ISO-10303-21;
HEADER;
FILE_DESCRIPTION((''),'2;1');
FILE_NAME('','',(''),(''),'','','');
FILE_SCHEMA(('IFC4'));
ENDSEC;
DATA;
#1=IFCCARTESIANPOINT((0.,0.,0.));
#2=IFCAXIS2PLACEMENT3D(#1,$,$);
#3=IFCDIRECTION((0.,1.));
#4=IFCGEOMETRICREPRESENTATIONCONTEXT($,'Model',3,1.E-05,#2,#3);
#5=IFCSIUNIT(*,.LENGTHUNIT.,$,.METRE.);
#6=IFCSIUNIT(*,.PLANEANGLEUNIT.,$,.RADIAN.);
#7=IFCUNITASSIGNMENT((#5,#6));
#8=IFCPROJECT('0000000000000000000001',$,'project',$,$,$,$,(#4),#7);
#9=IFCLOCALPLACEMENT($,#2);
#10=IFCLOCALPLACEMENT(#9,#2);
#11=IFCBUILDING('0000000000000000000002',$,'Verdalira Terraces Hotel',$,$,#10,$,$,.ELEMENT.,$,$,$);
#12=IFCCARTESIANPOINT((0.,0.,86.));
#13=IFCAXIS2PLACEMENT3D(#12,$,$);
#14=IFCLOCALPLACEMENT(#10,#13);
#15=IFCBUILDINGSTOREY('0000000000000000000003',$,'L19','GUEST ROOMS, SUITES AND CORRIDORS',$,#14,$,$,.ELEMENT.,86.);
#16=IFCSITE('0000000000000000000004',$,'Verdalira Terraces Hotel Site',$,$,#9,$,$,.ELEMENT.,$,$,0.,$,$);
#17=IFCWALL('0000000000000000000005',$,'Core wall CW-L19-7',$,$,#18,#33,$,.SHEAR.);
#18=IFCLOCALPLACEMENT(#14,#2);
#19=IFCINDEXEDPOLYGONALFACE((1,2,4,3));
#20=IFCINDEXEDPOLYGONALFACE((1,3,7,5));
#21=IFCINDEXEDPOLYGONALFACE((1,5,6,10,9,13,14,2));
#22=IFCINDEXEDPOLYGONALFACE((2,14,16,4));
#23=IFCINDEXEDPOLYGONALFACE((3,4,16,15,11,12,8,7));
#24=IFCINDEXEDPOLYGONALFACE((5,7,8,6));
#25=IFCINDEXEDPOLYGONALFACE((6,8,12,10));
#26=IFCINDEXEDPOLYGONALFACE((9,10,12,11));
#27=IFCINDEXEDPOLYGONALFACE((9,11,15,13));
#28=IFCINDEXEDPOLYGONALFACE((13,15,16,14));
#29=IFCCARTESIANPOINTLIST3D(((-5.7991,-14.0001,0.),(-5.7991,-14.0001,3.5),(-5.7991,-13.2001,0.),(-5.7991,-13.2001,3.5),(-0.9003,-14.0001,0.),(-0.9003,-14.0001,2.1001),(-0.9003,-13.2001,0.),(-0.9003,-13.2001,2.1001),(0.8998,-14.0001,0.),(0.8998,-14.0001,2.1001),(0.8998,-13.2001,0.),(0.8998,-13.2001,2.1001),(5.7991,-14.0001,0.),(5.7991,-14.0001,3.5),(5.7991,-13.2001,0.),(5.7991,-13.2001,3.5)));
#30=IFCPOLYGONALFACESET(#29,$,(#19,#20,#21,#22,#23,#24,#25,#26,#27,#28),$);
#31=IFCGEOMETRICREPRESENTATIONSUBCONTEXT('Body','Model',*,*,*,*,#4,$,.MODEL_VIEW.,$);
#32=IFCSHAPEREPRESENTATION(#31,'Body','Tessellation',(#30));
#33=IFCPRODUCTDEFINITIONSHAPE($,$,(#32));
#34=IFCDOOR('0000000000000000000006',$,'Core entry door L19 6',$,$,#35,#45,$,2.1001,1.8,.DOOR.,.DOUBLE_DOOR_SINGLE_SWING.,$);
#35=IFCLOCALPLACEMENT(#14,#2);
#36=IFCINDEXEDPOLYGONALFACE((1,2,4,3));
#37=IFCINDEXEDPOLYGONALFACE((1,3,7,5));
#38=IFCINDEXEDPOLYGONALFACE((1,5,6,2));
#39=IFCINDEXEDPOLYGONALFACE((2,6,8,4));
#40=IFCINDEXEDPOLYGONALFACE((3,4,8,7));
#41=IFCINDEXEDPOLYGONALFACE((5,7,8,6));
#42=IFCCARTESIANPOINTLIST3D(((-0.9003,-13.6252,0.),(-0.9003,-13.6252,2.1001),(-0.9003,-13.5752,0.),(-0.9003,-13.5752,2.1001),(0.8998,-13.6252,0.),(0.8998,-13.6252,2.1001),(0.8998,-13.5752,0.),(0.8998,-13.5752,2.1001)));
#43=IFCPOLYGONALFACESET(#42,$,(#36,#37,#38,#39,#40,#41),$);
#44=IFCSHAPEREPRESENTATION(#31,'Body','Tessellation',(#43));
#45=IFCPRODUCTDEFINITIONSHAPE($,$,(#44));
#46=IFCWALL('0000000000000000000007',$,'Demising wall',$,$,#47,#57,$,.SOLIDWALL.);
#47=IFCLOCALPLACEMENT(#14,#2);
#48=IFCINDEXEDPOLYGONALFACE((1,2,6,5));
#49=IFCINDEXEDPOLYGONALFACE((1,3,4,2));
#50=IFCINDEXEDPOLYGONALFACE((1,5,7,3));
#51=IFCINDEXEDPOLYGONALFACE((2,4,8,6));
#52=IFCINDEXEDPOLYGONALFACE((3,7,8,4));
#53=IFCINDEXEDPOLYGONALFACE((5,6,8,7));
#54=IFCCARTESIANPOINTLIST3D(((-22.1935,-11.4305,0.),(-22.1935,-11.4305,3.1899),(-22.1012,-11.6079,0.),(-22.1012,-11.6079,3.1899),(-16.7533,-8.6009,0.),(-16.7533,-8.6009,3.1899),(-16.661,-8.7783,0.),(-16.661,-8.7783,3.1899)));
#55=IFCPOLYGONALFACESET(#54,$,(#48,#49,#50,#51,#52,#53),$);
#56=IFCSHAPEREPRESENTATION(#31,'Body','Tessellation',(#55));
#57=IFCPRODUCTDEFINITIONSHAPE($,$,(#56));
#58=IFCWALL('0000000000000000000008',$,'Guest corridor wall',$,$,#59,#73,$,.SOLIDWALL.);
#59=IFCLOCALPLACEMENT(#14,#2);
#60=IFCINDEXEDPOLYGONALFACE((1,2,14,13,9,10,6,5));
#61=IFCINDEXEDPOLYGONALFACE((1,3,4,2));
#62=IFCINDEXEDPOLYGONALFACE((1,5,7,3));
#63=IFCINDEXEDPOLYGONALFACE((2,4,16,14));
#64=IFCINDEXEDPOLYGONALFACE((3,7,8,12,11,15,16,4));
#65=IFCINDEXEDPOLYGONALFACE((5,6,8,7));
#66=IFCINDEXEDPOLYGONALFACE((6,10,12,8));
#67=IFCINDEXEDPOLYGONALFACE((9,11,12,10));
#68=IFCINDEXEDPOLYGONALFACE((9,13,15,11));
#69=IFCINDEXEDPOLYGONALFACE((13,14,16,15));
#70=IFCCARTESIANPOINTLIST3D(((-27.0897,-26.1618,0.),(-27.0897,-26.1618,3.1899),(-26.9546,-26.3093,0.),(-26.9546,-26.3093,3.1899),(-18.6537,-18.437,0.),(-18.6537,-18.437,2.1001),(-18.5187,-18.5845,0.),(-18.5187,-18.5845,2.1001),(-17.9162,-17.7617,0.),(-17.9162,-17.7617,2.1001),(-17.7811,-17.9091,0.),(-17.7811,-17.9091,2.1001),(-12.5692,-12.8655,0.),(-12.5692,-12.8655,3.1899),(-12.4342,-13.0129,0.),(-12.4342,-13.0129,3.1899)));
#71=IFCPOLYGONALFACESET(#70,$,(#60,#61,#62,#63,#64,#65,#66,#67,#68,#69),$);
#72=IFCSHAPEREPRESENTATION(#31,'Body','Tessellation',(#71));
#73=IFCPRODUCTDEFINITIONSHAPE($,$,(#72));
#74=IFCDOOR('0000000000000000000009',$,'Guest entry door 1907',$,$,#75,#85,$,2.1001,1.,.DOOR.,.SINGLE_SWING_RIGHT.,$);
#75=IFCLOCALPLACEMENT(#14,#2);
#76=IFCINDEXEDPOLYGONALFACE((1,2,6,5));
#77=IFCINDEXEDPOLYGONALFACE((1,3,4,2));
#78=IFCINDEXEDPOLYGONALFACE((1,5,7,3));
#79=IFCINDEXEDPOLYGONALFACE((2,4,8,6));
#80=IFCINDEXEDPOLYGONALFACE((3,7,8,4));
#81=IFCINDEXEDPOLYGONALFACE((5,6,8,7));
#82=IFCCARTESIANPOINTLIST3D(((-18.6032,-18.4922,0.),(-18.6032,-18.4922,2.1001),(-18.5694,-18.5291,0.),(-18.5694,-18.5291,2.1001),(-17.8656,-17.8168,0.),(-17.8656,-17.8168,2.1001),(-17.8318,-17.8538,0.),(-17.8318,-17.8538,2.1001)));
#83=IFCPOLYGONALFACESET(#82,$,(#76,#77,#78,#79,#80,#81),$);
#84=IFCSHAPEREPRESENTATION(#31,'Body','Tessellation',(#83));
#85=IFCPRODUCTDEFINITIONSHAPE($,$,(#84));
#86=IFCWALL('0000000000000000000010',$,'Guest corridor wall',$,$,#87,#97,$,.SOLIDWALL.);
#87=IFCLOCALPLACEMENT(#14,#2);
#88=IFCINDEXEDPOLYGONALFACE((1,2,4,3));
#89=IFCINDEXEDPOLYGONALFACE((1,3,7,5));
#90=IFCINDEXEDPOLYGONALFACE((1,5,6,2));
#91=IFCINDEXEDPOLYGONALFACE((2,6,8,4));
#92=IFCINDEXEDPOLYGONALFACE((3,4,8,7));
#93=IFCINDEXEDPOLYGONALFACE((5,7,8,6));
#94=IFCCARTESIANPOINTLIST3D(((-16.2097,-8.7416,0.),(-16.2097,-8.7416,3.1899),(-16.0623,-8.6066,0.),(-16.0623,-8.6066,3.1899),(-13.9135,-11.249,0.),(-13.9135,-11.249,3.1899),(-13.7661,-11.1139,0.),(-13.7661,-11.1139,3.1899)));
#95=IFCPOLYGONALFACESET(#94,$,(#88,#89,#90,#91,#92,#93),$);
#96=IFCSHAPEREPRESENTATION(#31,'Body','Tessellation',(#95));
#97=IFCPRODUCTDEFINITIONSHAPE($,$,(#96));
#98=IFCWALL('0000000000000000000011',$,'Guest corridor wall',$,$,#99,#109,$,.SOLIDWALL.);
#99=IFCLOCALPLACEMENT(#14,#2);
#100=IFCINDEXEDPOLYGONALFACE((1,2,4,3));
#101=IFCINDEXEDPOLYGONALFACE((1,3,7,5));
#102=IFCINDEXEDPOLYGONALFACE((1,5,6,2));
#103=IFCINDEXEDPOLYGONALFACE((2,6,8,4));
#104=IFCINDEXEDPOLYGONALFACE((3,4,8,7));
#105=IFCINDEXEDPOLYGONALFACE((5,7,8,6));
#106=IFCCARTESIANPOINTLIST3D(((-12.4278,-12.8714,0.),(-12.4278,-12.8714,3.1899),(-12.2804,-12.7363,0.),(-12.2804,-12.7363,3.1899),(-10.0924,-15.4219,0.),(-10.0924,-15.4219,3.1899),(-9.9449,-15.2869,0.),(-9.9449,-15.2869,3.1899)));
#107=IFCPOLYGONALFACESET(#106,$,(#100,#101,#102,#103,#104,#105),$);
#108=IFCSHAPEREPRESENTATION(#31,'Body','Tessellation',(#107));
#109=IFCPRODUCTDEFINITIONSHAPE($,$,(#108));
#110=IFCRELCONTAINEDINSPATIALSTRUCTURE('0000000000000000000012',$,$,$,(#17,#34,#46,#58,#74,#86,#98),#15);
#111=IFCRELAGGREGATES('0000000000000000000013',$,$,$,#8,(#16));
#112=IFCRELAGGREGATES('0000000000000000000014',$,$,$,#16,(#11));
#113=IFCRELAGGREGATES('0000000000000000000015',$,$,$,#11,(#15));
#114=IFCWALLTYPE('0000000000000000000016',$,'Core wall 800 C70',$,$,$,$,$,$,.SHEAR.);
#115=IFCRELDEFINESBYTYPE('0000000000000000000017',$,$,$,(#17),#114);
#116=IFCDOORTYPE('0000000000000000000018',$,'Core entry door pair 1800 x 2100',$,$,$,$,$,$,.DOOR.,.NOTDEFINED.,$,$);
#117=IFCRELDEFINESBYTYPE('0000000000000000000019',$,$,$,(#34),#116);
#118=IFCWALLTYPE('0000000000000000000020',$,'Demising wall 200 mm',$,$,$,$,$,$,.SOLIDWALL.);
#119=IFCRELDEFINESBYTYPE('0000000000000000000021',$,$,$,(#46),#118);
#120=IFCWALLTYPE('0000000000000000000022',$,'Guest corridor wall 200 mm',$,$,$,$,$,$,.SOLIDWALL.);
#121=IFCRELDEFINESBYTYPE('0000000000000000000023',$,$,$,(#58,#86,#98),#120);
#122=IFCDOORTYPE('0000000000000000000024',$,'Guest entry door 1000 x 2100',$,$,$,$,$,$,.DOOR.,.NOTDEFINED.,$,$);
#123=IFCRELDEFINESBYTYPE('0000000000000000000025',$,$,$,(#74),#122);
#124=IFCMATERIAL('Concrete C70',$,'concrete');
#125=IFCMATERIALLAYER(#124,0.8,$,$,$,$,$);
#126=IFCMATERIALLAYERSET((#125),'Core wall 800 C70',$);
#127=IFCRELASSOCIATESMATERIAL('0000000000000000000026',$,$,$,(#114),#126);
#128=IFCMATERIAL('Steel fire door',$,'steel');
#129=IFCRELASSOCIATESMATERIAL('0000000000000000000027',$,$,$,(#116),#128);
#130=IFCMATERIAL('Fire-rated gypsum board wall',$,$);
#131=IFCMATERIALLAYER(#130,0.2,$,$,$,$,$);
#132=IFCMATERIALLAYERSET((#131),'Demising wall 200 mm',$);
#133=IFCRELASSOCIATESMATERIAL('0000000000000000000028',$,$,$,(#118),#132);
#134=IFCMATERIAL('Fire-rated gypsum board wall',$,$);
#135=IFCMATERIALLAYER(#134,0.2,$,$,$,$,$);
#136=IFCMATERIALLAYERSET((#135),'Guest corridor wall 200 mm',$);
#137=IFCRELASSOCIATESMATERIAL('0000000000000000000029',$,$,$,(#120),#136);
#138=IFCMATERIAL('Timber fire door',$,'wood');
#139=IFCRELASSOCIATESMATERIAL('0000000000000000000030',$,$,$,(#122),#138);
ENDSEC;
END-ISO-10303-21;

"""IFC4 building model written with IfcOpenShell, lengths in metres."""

from ifc_helpers import new_model, si_unit, direction, frame, frame_2d, origin, place, context, subcontext, project, spatial, rectangle, extrude, material, layer, layer_set, type_object, element, fill, save


model = new_model("IFC4")

# Units and contexts
model_context = context("Model", 3, precision=1e-05, world=origin(), true_north=direction((0.0, 1.0)))
body_context = subcontext(model_context, "Body", "Model", "MODEL_VIEW")
ifc_project = project(units=[si_unit("LENGTHUNIT", "METRE"), si_unit("PLANEANGLEUNIT", "RADIAN")], contexts=[model_context])

# Site, building, storey
site_placement = place(None, origin())
site = spatial("IfcSite", under=ifc_project, at=site_placement, Name="Verdalira Terraces Hotel Site", CompositionType="ELEMENT", RefElevation=0.0)
building_placement = place(site_placement, origin())
building = spatial("IfcBuilding", under=site, at=building_placement, Name="Verdalira Terraces Hotel", CompositionType="ELEMENT")
storey_placement = place(building_placement, frame((0.0, 0.0, 86.0)))
storey = spatial("IfcBuildingStorey", under=building, at=storey_placement, Name="L19", Description="GUEST ROOMS, SUITES AND CORRIDORS", CompositionType="ELEMENT", Elevation=86.0)

# Wall, opening, door
ifc_material_1 = material(Name="Concrete C70", Category="concrete")
ifc_layer_1 = layer(ifc_material_1, 0.8)
ifc_layer_set_1 = layer_set([ifc_layer_1], Name="Core wall 800 C70")
wall_type_1 = type_object("IfcWallType", Name="Core wall 800 C70", PredefinedType="SHEAR", material=ifc_layer_set_1)
wall_1_placement = place(storey_placement, frame((-5.7991, -13.6001, 0.0), z_axis=(0.0, 0.0, 1.0), x_axis=(1.0, 0.0, 0.0)))
wall_1 = element("IfcWall", 1, at=wall_1_placement, inside=storey, type_object=wall_type_1, Name="Core wall CW-L19-7", PredefinedType="SHEAR", context=body_context, shape_type="SweptSolid", body=[
    extrude(rectangle(XDim=11.5981, YDim=0.8, at=frame_2d((5.7991, 0.0))), origin(), (0.0, 0.0, 1.0), 3.5),
])
opening_1_placement = place(wall_1_placement, frame((4.8989, 0.0, 0.0)))
opening_1 = element("IfcOpeningElement", 2, at=opening_1_placement, cuts=wall_1, PredefinedType="OPENING", context=body_context, shape_type="SweptSolid", body=[
    extrude(rectangle(XDim=1.8, YDim=2.1001, at=frame_2d((0.8999, 1.05))), frame((0.0, 0.4099, 0.0), z_axis=(0.0, -1.0, 0.0), x_axis=(1.0, 0.0, 0.0)), (0.0, 0.0, 1.0), 0.8201),
])
ifc_material_2 = material(Name="Steel fire door", Category="steel")
door_type_1 = type_object("IfcDoorType", Name="Core entry door pair 1800 x 2100", OperationType="NOTDEFINED", PredefinedType="DOOR", material=ifc_material_2)
door_1_placement = place(opening_1_placement, origin())
door_1 = element("IfcDoor", 3, at=door_1_placement, inside=storey, type_object=door_type_1, Name="Core entry door L19 6", OperationType="DOUBLE_DOOR_SINGLE_SWING", OverallHeight=2.1001, OverallWidth=1.8, PredefinedType="DOOR", context=body_context, shape_type="SweptSolid", body=[
    extrude(rectangle(XDim=1.8, YDim=2.1001, at=frame_2d((0.8999, 1.05))), frame((0.0, 0.0249, 0.0), z_axis=(0.0, -1.0, 0.0), x_axis=(1.0, 0.0, 0.0)), (0.0, 0.0, 1.0), 0.05),
])
fill(opening_1, door_1)

# Wall
ifc_material_3 = material(Name="Fire-rated gypsum board wall")
ifc_layer_2 = layer(ifc_material_3, 0.2)
ifc_layer_set_2 = layer_set([ifc_layer_2], Name="Demising wall 200 mm")
wall_type_2 = type_object("IfcWallType", Name="Demising wall 200 mm", PredefinedType="SOLIDWALL", material=ifc_layer_set_2)
wall_2_placement = place(storey_placement, frame((-16.7073, -8.6897, 0.0), z_axis=(0.0, 0.0, 1.0), x_axis=(-0.887171, -0.461442, 0.0)))
element("IfcWall", 4, at=wall_2_placement, inside=storey, type_object=wall_type_2, Name="Demising wall", PredefinedType="SOLIDWALL", context=body_context, shape_type="SweptSolid", body=[
    extrude(rectangle(XDim=6.1321, YDim=0.2, at=frame_2d((3.0659, 0.0))), origin(), (0.0, 0.0, 1.0), 3.1899),
])

# Wall, opening, door
ifc_material_4 = material(Name="Fire-rated gypsum board wall")
ifc_layer_3 = layer(ifc_material_4, 0.2)
ifc_layer_set_3 = layer_set([ifc_layer_3], Name="Guest corridor wall 200 mm")
wall_type_3 = type_object("IfcWallType", Name="Guest corridor wall 200 mm", PredefinedType="SOLIDWALL", material=ifc_layer_set_3)
wall_3_placement = place(storey_placement, frame((-12.5017, -12.9392, 0.0), z_axis=(0.0, 0.0, 1.0), x_axis=(-0.73751, -0.675336, 0.0)))
wall_3 = element("IfcWall", 5, at=wall_3_placement, inside=storey, type_object=wall_type_3, Name="Guest corridor wall", PredefinedType="SOLIDWALL", context=body_context, shape_type="SweptSolid", body=[
    extrude(rectangle(XDim=19.6885, YDim=0.2, at=frame_2d((9.8442, 0.0))), origin(), (0.0, 0.0, 1.0), 3.1899),
])
opening_2_placement = place(wall_3_placement, frame((7.25, 0.0, 0.0)))
opening_2 = element("IfcOpeningElement", 6, at=opening_2_placement, cuts=wall_3, PredefinedType="OPENING", context=body_context, shape_type="SweptSolid", body=[
    extrude(rectangle(XDim=1.0, YDim=2.1001, at=frame_2d((0.5, 1.05))), frame((0.0, 0.1099, 0.0), z_axis=(0.0, -1.0, 0.0), x_axis=(1.0, 0.0, 0.0)), (0.0, 0.0, 1.0), 0.22),
])
ifc_material_5 = material(Name="Timber fire door", Category="wood")
door_type_2 = type_object("IfcDoorType", Name="Guest entry door 1000 x 2100", OperationType="NOTDEFINED", PredefinedType="DOOR", material=ifc_material_5)
door_2_placement = place(opening_2_placement, origin())
door_2 = element("IfcDoor", 7, at=door_2_placement, inside=storey, type_object=door_type_2, Name="Guest entry door 1907", OperationType="SINGLE_SWING_RIGHT", OverallHeight=2.1001, OverallWidth=1.0, PredefinedType="DOOR", context=body_context, shape_type="SweptSolid", body=[
    extrude(rectangle(XDim=1.0, YDim=2.1001, at=frame_2d((0.5, 1.05))), frame((0.0, 0.0249, 0.0), z_axis=(0.0, -1.0, 0.0), x_axis=(1.0, 0.0, 0.0)), (0.0, 0.0, 1.0), 0.05),
])
fill(opening_2, door_2)

# Walls
wall_4_placement = place(storey_placement, frame((-16.136, -8.6741, 0.0), z_axis=(0.0, 0.0, 1.0), x_axis=(0.675367, -0.737482, 0.0)))
element("IfcWall", 8, at=wall_4_placement, inside=storey, type_object=wall_type_3, Name="Guest corridor wall", PredefinedType="SOLIDWALL", context=body_context, shape_type="SweptSolid", body=[
    extrude(rectangle(XDim=3.3999, YDim=0.2, at=frame_2d((1.7, 0.0))), origin(), (0.0, 0.0, 1.0), 3.1899),
])
wall_5_placement = place(storey_placement, frame((-12.354, -12.804, 0.0), z_axis=(0.0, 0.0, 1.0), x_axis=(0.675325, -0.73752, 0.0)))
element("IfcWall", 9, at=wall_5_placement, inside=storey, type_object=wall_type_3, Name="Guest corridor wall", PredefinedType="SOLIDWALL", context=body_context, shape_type="SweptSolid", body=[
    extrude(rectangle(XDim=3.4583, YDim=0.2, at=frame_2d((1.729, 0.0))), origin(), (0.0, 0.0, 1.0), 3.1899),
])

save(model, "model.ifc")
